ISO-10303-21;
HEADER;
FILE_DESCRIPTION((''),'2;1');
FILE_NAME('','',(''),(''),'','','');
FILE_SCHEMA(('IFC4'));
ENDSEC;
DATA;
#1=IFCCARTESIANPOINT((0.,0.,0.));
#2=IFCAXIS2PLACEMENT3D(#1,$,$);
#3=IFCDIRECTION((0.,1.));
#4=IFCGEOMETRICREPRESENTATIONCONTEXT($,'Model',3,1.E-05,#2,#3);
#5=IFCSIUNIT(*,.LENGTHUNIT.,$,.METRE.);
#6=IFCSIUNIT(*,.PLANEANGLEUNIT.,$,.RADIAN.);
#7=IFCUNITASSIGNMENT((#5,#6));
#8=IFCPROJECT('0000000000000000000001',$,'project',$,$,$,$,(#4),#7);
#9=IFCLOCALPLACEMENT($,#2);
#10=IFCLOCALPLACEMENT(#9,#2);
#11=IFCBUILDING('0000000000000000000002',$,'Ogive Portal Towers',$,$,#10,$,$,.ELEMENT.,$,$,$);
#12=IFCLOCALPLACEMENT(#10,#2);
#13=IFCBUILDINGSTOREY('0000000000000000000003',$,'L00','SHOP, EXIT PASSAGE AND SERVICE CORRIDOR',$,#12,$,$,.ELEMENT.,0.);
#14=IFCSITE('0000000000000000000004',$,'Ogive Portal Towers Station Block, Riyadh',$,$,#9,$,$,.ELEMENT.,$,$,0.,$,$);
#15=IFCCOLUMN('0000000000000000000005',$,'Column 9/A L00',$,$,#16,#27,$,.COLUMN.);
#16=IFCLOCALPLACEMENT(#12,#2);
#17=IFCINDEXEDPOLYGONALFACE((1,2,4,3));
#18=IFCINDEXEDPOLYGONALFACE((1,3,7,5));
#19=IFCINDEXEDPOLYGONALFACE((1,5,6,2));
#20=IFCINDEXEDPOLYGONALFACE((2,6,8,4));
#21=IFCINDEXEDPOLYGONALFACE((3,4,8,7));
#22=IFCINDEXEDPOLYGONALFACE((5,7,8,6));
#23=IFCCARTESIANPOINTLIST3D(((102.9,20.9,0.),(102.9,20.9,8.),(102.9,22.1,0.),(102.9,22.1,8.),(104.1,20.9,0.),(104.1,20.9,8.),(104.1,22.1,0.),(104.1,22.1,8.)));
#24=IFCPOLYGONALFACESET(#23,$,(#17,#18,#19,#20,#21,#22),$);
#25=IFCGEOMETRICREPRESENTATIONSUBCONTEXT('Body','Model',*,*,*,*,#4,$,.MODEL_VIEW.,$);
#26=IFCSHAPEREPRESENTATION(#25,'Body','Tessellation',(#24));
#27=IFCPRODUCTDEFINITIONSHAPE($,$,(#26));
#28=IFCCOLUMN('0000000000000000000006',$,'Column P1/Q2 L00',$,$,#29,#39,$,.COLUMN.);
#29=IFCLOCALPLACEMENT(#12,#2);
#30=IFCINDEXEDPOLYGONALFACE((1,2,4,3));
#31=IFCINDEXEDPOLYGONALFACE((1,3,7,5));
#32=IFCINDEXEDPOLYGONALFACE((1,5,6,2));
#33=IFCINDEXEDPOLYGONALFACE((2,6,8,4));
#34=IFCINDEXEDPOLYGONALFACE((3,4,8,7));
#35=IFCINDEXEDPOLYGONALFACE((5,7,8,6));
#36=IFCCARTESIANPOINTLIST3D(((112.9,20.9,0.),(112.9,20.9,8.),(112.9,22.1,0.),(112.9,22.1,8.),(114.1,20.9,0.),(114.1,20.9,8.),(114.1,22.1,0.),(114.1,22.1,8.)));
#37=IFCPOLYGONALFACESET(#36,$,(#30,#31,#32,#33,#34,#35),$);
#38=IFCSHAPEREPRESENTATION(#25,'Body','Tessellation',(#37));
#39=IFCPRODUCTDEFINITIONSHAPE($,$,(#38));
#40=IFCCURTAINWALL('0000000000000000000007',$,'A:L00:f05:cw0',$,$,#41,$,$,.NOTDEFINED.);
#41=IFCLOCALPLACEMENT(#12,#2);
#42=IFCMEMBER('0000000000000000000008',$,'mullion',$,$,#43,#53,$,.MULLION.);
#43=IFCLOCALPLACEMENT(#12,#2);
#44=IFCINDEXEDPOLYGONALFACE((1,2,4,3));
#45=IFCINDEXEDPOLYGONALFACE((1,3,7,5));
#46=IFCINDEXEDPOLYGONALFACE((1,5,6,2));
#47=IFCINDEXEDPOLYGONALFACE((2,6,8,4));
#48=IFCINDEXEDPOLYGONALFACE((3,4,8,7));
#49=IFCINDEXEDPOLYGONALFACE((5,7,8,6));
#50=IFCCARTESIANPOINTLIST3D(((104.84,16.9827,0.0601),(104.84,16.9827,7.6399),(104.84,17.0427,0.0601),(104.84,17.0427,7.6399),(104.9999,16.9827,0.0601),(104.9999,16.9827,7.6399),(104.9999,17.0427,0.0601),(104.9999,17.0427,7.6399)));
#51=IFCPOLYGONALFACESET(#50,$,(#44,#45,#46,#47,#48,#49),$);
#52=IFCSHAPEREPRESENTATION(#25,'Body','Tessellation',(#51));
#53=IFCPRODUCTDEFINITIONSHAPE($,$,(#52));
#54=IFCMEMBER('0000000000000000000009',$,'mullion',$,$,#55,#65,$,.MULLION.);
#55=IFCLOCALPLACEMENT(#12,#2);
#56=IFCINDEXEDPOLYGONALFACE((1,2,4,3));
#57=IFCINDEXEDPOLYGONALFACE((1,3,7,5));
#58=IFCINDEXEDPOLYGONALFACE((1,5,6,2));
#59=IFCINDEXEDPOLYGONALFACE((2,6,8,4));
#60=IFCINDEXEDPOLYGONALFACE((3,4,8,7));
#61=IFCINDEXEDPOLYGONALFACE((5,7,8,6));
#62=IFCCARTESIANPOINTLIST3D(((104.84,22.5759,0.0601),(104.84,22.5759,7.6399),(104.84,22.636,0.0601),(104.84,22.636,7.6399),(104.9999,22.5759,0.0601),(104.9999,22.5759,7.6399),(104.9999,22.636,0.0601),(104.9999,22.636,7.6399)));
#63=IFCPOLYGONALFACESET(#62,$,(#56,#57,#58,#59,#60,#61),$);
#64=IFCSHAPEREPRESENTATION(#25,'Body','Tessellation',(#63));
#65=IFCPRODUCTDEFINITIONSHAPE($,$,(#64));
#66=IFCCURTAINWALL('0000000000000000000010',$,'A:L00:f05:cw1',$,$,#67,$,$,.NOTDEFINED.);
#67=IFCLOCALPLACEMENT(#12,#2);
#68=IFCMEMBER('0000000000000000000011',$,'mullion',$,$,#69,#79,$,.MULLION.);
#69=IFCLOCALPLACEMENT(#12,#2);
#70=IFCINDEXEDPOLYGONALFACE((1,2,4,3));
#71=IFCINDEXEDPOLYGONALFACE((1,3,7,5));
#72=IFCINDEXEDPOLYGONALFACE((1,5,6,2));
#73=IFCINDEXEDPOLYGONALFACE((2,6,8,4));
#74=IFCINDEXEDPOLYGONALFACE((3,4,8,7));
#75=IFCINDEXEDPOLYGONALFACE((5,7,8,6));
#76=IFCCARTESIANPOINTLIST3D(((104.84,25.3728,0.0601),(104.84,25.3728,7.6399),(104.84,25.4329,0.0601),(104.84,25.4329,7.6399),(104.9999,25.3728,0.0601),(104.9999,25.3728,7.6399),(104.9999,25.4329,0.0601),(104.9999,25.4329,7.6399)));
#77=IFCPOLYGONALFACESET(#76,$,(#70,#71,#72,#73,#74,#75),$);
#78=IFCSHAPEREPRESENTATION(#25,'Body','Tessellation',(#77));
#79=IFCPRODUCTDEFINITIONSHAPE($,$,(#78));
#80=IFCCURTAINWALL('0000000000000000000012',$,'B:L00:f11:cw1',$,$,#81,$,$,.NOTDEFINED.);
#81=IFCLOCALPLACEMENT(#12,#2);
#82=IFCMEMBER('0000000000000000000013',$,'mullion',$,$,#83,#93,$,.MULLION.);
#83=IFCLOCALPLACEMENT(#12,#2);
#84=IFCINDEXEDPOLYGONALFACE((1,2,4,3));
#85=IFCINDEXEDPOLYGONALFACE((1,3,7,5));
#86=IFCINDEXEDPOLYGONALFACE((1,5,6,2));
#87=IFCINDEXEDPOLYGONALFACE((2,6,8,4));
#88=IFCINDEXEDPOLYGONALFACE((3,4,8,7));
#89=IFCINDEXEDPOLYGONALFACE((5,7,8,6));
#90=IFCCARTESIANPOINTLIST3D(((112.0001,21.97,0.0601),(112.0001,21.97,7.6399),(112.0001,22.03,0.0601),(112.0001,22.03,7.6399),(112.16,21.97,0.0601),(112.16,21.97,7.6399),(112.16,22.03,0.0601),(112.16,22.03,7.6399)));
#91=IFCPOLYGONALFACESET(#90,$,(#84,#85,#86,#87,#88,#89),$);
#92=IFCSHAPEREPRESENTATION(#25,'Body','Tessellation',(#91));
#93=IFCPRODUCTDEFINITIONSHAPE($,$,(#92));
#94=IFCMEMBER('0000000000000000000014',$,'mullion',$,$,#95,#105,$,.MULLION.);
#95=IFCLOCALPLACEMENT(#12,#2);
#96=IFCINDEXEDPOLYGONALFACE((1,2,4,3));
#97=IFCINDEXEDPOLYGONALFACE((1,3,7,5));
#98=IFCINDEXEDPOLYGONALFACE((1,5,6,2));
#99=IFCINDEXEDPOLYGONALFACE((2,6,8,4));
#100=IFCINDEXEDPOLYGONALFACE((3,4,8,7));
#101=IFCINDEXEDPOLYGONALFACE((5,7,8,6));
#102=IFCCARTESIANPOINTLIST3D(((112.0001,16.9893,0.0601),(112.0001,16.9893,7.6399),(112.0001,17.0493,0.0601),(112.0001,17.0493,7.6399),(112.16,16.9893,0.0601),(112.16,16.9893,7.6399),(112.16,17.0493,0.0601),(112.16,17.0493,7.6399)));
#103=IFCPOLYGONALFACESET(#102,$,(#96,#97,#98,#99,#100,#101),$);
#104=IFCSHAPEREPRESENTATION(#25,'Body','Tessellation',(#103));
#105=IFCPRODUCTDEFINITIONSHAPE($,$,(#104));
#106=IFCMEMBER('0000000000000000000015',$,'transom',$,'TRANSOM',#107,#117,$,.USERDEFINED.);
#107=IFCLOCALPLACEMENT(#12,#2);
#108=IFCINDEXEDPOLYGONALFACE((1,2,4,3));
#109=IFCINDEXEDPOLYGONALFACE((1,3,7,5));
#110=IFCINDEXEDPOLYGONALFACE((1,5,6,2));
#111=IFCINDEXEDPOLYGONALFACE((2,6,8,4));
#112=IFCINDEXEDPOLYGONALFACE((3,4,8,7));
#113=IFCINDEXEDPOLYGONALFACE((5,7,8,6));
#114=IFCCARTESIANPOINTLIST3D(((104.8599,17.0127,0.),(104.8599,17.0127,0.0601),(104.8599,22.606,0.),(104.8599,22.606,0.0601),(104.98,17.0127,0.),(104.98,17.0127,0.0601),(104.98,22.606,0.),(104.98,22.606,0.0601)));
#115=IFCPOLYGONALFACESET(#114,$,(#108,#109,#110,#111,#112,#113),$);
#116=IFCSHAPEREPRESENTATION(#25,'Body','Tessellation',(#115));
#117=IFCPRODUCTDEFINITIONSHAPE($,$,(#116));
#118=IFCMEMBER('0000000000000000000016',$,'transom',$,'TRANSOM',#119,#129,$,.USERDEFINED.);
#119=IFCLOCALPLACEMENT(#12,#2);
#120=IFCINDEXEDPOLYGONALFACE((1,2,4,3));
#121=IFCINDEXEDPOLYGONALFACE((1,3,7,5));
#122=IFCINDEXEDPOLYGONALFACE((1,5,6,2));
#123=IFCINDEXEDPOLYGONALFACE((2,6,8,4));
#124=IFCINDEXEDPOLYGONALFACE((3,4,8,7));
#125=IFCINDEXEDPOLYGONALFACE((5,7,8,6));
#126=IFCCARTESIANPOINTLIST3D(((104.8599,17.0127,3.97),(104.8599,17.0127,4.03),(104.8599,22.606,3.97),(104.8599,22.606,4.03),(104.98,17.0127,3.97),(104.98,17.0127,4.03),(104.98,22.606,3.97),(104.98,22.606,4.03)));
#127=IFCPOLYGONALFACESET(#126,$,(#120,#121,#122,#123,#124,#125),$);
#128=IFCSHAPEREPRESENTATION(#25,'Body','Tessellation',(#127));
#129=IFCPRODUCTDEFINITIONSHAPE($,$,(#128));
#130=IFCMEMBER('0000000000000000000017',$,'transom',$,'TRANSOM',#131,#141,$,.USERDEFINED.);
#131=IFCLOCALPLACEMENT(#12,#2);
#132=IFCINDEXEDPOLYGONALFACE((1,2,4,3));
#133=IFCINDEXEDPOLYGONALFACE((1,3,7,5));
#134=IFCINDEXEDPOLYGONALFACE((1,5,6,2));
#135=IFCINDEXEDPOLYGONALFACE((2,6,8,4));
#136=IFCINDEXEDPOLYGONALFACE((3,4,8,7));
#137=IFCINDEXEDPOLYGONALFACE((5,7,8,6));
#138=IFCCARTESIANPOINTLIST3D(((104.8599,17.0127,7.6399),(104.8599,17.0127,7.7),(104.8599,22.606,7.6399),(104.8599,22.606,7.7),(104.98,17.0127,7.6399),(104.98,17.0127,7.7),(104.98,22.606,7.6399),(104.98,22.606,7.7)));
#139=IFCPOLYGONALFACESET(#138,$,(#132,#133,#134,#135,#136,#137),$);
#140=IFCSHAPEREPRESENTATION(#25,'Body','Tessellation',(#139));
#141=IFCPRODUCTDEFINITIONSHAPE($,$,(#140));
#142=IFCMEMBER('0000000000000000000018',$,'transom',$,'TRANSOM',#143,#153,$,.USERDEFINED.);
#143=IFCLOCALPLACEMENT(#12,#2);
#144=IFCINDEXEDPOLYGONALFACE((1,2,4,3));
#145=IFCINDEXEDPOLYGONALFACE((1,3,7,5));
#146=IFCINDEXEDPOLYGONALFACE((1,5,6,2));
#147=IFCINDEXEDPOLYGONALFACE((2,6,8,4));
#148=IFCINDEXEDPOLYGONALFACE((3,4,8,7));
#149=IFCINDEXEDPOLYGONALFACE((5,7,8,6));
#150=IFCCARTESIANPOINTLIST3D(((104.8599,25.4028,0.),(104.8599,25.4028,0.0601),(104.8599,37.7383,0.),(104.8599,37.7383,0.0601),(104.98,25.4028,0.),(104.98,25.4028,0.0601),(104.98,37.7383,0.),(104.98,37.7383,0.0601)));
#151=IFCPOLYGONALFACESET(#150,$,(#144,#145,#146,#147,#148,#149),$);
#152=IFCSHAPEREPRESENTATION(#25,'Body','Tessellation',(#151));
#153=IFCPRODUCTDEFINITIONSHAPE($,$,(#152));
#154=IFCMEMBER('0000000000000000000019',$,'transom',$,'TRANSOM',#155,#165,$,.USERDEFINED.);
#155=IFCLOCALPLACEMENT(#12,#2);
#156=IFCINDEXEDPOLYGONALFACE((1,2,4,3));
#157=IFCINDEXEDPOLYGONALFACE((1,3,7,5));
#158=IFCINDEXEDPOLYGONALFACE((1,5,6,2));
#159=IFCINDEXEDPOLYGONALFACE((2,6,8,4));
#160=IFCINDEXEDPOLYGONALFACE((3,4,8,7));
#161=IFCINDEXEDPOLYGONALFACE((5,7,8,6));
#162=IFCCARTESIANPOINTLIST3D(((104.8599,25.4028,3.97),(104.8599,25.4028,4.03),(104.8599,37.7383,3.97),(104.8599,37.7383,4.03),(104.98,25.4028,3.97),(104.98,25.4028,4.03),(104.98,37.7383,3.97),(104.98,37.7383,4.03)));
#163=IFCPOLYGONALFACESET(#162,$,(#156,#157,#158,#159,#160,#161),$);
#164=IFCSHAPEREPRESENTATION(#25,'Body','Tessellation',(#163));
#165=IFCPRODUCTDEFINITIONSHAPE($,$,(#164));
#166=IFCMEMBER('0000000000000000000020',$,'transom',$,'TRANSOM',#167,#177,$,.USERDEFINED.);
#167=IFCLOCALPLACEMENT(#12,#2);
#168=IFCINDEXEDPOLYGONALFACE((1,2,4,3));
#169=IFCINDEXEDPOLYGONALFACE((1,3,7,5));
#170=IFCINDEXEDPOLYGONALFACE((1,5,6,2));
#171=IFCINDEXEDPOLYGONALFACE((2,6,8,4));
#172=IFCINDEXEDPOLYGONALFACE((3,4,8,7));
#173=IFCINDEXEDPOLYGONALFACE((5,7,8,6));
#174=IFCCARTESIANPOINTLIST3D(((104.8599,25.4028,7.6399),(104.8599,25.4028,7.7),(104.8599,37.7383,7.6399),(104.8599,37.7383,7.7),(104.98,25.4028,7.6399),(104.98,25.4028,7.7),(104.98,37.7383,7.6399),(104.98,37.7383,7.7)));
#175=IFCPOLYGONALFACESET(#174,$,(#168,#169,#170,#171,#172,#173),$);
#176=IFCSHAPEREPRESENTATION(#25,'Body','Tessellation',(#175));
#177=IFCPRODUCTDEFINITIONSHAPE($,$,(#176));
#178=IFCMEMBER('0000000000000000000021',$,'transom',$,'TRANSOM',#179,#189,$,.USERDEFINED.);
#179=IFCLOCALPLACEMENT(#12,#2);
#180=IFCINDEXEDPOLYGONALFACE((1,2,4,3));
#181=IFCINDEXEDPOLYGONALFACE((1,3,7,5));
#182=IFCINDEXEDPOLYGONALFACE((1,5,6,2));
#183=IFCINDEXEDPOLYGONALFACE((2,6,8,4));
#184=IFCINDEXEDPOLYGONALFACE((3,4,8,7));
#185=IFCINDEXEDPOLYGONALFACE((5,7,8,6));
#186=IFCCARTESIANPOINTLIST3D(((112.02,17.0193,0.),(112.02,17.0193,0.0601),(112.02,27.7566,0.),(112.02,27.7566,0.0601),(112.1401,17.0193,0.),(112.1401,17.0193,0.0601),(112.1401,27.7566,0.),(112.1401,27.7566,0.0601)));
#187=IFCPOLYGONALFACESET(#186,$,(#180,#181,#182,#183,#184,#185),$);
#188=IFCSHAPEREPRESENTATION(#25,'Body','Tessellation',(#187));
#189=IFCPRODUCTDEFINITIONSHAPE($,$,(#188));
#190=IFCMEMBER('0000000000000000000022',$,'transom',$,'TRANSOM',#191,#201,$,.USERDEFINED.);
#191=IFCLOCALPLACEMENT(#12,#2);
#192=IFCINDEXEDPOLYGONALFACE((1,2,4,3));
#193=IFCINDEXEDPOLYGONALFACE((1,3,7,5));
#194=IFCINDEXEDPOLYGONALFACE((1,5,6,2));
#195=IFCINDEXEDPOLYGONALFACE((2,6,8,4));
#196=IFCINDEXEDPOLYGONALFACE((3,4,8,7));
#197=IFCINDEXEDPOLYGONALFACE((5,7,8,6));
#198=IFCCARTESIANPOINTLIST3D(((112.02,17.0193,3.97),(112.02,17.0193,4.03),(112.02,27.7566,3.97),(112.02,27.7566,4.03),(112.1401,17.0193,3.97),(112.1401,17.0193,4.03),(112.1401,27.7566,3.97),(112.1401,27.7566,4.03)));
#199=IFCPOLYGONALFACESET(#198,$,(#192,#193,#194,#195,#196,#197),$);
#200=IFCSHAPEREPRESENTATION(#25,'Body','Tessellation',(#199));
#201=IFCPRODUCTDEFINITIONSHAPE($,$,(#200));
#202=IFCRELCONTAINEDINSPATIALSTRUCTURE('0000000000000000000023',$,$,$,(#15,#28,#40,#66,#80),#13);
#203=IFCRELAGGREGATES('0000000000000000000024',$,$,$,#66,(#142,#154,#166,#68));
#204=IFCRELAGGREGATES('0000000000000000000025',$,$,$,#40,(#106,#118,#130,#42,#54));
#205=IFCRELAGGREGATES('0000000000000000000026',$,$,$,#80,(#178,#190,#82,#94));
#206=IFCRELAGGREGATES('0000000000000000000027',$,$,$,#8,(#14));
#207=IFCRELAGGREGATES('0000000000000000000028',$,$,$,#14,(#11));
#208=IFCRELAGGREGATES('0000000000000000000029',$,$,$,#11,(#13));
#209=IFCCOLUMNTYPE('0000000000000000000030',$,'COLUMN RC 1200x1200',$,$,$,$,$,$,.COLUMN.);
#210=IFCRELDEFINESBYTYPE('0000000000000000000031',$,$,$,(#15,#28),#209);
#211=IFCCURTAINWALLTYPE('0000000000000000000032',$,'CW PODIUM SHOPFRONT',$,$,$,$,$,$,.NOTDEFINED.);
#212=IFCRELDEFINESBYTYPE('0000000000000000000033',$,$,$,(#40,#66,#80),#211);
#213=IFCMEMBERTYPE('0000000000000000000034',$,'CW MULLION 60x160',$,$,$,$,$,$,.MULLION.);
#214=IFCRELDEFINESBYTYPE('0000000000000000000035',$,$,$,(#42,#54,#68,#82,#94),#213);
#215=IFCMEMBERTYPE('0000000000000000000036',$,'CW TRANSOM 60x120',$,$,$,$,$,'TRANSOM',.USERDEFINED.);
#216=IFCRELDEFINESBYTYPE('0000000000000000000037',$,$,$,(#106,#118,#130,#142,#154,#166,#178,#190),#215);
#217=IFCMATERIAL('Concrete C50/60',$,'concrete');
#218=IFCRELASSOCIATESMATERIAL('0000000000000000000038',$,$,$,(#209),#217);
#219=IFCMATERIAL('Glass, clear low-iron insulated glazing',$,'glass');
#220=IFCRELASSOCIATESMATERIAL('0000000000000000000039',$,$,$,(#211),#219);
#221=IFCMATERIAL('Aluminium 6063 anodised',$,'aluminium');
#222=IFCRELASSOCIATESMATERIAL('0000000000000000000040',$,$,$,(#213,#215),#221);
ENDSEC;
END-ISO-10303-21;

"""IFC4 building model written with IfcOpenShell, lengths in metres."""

from ifc_helpers import new_model, si_unit, direction, frame, origin, origin_2d, place, context, subcontext, project, spatial, rectangle, extrude, material, material_profile, profile_set, type_object, element, aggregate, save


model = new_model("IFC4")

# Units and contexts
model_context = context("Model", 3, precision=1e-05, world=origin(), true_north=direction((0.0, 1.0)))
body_context = subcontext(model_context, "Body", "Model", "MODEL_VIEW")
ifc_project = project(units=[si_unit("LENGTHUNIT", "METRE"), si_unit("PLANEANGLEUNIT", "RADIAN")], contexts=[model_context])

# Site, building, storey
site_placement = place(None, origin())
site = spatial("IfcSite", under=ifc_project, at=site_placement, Name="Ogive Portal Towers Station Block, Riyadh", CompositionType="ELEMENT", RefElevation=0.0)
building_placement = place(site_placement, origin())
building = spatial("IfcBuilding", under=site, at=building_placement, Name="Ogive Portal Towers", CompositionType="ELEMENT")
storey_placement = place(building_placement, origin())
storey = spatial("IfcBuildingStorey", under=building, at=storey_placement, Name="L00", Description="SHOP, EXIT PASSAGE AND SERVICE CORRIDOR", CompositionType="ELEMENT", Elevation=0.0)

# Columns
ifc_material_1 = material(Name="Concrete C50/60", Category="concrete")
ifc_material_profile_1 = material_profile(ifc_material_1, rectangle(XDim=1.2, YDim=1.2, at=origin_2d()), Name="RC 1200x1200")
ifc_profile_set_1 = profile_set([ifc_material_profile_1], Name="Concrete C50/60")
column_type = type_object("IfcColumnType", Name="COLUMN RC 1200x1200", PredefinedType="COLUMN", material=ifc_profile_set_1)
for number, where, z_axis, x_axis, name in (
    (1, (103.5, 21.5, 0.0), (0.0, 0.0, 1.0), (1.0, 0.0, 0.0), "Column 9/A L00"),
    (2, (113.5, 21.5, 0.0), (0.0, 0.0, 1.0), (1.0, 0.0, 0.0), "Column P1/Q2 L00"),
):
    element("IfcColumn", number, at=place(storey_placement, frame(where, z_axis=z_axis, x_axis=x_axis)), inside=storey, type_object=column_type, Name=name, PredefinedType="COLUMN", context=body_context, shape_type="SweptSolid", body=[
        extrude(rectangle(XDim=1.2, YDim=1.2, at=origin_2d()), origin(), (0.0, 0.0, 1.0), 8.0),
    ])

# Curtain wall, members
ifc_material_2 = material(Name="Glass, clear low-iron insulated glazing", Category="glass")
curtain_wall_type = type_object("IfcCurtainWallType", Name="CW PODIUM SHOPFRONT", PredefinedType="NOTDEFINED", material=ifc_material_2)
curtain_wall_1_placement = place(storey_placement, origin())
curtain_wall_1 = element("IfcCurtainWall", 3, at=curtain_wall_1_placement, inside=storey, type_object=curtain_wall_type, Name="A:L00:f05:cw0", PredefinedType="NOTDEFINED")
ifc_material_3 = material(Name="Aluminium 6063 anodised", Category="aluminium")
ifc_material_profile_2 = material_profile(ifc_material_3, rectangle(XDim=0.1599, YDim=0.0601, at=origin_2d()), Name="AL 60x160")
ifc_profile_set_2 = profile_set([ifc_material_profile_2], Name="Aluminium 6063 anodised")
member_type_1 = type_object("IfcMemberType", Name="CW MULLION 60x160", PredefinedType="MULLION", material=ifc_profile_set_2)
member_1_placement = place(storey_placement, frame((104.9199, 17.0127, 0.0601), z_axis=(0.0, 0.0, 1.0), x_axis=(-1.0, 0.0, 0.0)))
member_1 = element("IfcMember", 4, at=member_1_placement, type_object=member_type_1, Name="mullion", PredefinedType="MULLION", context=body_context, shape_type="SweptSolid", body=[
    extrude(rectangle(XDim=0.1599, YDim=0.0601, at=origin_2d()), origin(), (0.0, 0.0, 1.0), 7.5798),
])
member_2_placement = place(storey_placement, frame((104.9199, 22.606, 0.0601), z_axis=(0.0, 0.0, 1.0), x_axis=(-1.0, 0.0, 0.0)))
member_2 = element("IfcMember", 5, at=member_2_placement, type_object=member_type_1, Name="mullion", PredefinedType="MULLION", context=body_context, shape_type="SweptSolid", body=[
    extrude(rectangle(XDim=0.1599, YDim=0.0601, at=origin_2d()), origin(), (0.0, 0.0, 1.0), 7.5798),
])

# Curtain wall, member
curtain_wall_2_placement = place(storey_placement, origin())
curtain_wall_2 = element("IfcCurtainWall", 6, at=curtain_wall_2_placement, inside=storey, type_object=curtain_wall_type, Name="A:L00:f05:cw1", PredefinedType="NOTDEFINED")
member_3_placement = place(storey_placement, frame((104.9199, 25.4028, 0.0601), z_axis=(0.0, 0.0, 1.0), x_axis=(-1.0, 0.0, 0.0)))
member_3 = element("IfcMember", 7, at=member_3_placement, type_object=member_type_1, Name="mullion", PredefinedType="MULLION", context=body_context, shape_type="SweptSolid", body=[
    extrude(rectangle(XDim=0.1599, YDim=0.0601, at=origin_2d()), origin(), (0.0, 0.0, 1.0), 7.5798),
])

# Curtain wall, members
curtain_wall_3_placement = place(storey_placement, origin())
curtain_wall_3 = element("IfcCurtainWall", 8, at=curtain_wall_3_placement, inside=storey, type_object=curtain_wall_type, Name="B:L00:f11:cw1", PredefinedType="NOTDEFINED")
member_4_placement = place(storey_placement, frame((112.0801, 22.0, 0.0601), z_axis=(0.0, 0.0, 1.0), x_axis=(1.0, 0.0, 0.0)))
member_4 = element("IfcMember", 9, at=member_4_placement, type_object=member_type_1, Name="mullion", PredefinedType="MULLION", context=body_context, shape_type="SweptSolid", body=[
    extrude(rectangle(XDim=0.1599, YDim=0.0601, at=origin_2d()), origin(), (0.0, 0.0, 1.0), 7.5798),
])
member_5_placement = place(storey_placement, frame((112.0801, 17.0193, 0.0601), z_axis=(0.0, 0.0, 1.0), x_axis=(1.0, 0.0, 0.0)))
member_5 = element("IfcMember", 10, at=member_5_placement, type_object=member_type_1, Name="mullion", PredefinedType="MULLION", context=body_context, shape_type="SweptSolid", body=[
    extrude(rectangle(XDim=0.1599, YDim=0.0601, at=origin_2d()), origin(), (0.0, 0.0, 1.0), 7.5798),
])

# Members
ifc_material_profile_3 = material_profile(ifc_material_3, rectangle(XDim=0.1201, YDim=0.0601, at=origin_2d()), Name="AL 120x60")
ifc_profile_set_3 = profile_set([ifc_material_profile_3], Name="Aluminium 6063 anodised")
member_type_2 = type_object("IfcMemberType", Name="CW TRANSOM 60x120", ElementType="TRANSOM", PredefinedType="USERDEFINED", material=ifc_profile_set_3)
member_6_placement = place(storey_placement, frame((104.9199, 17.0127, 0.03), z_axis=(0.0, 1.0, 0.0), x_axis=(-1.0, 0.0, 0.0)))
member_6 = element("IfcMember", 11, at=member_6_placement, type_object=member_type_2, Name="transom", ObjectType="TRANSOM", PredefinedType="USERDEFINED", context=body_context, shape_type="SweptSolid", body=[
    extrude(rectangle(XDim=0.1201, YDim=0.0601, at=origin_2d()), origin(), (0.0, 0.0, 1.0), 5.5933),
])
member_7_placement = place(storey_placement, frame((104.9199, 17.0127, 4.0), z_axis=(0.0, 1.0, 0.0), x_axis=(-1.0, 0.0, 0.0)))
member_7 = element("IfcMember", 12, at=member_7_placement, type_object=member_type_2, Name="transom", ObjectType="TRANSOM", PredefinedType="USERDEFINED", context=body_context, shape_type="SweptSolid", body=[
    extrude(rectangle(XDim=0.1201, YDim=0.0601, at=origin_2d()), origin(), (0.0, 0.0, 1.0), 5.5933),
])
member_8_placement = place(storey_placement, frame((104.9199, 17.0127, 7.6699), z_axis=(0.0, 1.0, 0.0), x_axis=(-1.0, 0.0, 0.0)))
member_8 = element("IfcMember", 13, at=member_8_placement, type_object=member_type_2, Name="transom", ObjectType="TRANSOM", PredefinedType="USERDEFINED", context=body_context, shape_type="SweptSolid", body=[
    extrude(rectangle(XDim=0.1201, YDim=0.0601, at=origin_2d()), origin(), (0.0, 0.0, 1.0), 5.5933),
])
member_9_placement = place(storey_placement, frame((104.9199, 25.4028, 0.03), z_axis=(0.0, 1.0, 0.0), x_axis=(-1.0, 0.0, 0.0)))
member_9 = element("IfcMember", 14, at=member_9_placement, type_object=member_type_2, Name="transom", ObjectType="TRANSOM", PredefinedType="USERDEFINED", context=body_context, shape_type="SweptSolid", body=[
    extrude(rectangle(XDim=0.1201, YDim=0.0601, at=origin_2d()), origin(), (0.0, 0.0, 1.0), 12.3354),
])
member_10_placement = place(storey_placement, frame((104.9199, 25.4028, 4.0), z_axis=(0.0, 1.0, 0.0), x_axis=(-1.0, 0.0, 0.0)))
member_10 = element("IfcMember", 15, at=member_10_placement, type_object=member_type_2, Name="transom", ObjectType="TRANSOM", PredefinedType="USERDEFINED", context=body_context, shape_type="SweptSolid", body=[
    extrude(rectangle(XDim=0.1201, YDim=0.0601, at=origin_2d()), origin(), (0.0, 0.0, 1.0), 12.3354),
])
member_11_placement = place(storey_placement, frame((104.9199, 25.4028, 7.6699), z_axis=(0.0, 1.0, 0.0), x_axis=(-1.0, 0.0, 0.0)))
member_11 = element("IfcMember", 16, at=member_11_placement, type_object=member_type_2, Name="transom", ObjectType="TRANSOM", PredefinedType="USERDEFINED", context=body_context, shape_type="SweptSolid", body=[
    extrude(rectangle(XDim=0.1201, YDim=0.0601, at=origin_2d()), origin(), (0.0, 0.0, 1.0), 12.3354),
])
aggregate(curtain_wall_2, [member_9, member_10, member_11, member_3])
member_12_placement = place(storey_placement, frame((112.0801, 27.7566, 0.03), z_axis=(0.0, -1.0, 0.0), x_axis=(1.0, 0.0, 0.0)))
member_12 = element("IfcMember", 17, at=member_12_placement, type_object=member_type_2, Name="transom", ObjectType="TRANSOM", PredefinedType="USERDEFINED", context=body_context, shape_type="SweptSolid", body=[
    extrude(rectangle(XDim=0.1201, YDim=0.0601, at=origin_2d()), origin(), (0.0, 0.0, 1.0), 10.7373),
])
member_13_placement = place(storey_placement, frame((112.0801, 27.7566, 4.0), z_axis=(0.0, -1.0, 0.0), x_axis=(1.0, 0.0, 0.0)))
member_13 = element("IfcMember", 18, at=member_13_placement, type_object=member_type_2, Name="transom", ObjectType="TRANSOM", PredefinedType="USERDEFINED", context=body_context, shape_type="SweptSolid", body=[
    extrude(rectangle(XDim=0.1201, YDim=0.0601, at=origin_2d()), origin(), (0.0, 0.0, 1.0), 10.7373),
])

aggregate(curtain_wall_1, [member_6, member_7, member_8, member_1, member_2])

aggregate(curtain_wall_3, [member_12, member_13, member_4, member_5])

save(model, "model.ifc")
